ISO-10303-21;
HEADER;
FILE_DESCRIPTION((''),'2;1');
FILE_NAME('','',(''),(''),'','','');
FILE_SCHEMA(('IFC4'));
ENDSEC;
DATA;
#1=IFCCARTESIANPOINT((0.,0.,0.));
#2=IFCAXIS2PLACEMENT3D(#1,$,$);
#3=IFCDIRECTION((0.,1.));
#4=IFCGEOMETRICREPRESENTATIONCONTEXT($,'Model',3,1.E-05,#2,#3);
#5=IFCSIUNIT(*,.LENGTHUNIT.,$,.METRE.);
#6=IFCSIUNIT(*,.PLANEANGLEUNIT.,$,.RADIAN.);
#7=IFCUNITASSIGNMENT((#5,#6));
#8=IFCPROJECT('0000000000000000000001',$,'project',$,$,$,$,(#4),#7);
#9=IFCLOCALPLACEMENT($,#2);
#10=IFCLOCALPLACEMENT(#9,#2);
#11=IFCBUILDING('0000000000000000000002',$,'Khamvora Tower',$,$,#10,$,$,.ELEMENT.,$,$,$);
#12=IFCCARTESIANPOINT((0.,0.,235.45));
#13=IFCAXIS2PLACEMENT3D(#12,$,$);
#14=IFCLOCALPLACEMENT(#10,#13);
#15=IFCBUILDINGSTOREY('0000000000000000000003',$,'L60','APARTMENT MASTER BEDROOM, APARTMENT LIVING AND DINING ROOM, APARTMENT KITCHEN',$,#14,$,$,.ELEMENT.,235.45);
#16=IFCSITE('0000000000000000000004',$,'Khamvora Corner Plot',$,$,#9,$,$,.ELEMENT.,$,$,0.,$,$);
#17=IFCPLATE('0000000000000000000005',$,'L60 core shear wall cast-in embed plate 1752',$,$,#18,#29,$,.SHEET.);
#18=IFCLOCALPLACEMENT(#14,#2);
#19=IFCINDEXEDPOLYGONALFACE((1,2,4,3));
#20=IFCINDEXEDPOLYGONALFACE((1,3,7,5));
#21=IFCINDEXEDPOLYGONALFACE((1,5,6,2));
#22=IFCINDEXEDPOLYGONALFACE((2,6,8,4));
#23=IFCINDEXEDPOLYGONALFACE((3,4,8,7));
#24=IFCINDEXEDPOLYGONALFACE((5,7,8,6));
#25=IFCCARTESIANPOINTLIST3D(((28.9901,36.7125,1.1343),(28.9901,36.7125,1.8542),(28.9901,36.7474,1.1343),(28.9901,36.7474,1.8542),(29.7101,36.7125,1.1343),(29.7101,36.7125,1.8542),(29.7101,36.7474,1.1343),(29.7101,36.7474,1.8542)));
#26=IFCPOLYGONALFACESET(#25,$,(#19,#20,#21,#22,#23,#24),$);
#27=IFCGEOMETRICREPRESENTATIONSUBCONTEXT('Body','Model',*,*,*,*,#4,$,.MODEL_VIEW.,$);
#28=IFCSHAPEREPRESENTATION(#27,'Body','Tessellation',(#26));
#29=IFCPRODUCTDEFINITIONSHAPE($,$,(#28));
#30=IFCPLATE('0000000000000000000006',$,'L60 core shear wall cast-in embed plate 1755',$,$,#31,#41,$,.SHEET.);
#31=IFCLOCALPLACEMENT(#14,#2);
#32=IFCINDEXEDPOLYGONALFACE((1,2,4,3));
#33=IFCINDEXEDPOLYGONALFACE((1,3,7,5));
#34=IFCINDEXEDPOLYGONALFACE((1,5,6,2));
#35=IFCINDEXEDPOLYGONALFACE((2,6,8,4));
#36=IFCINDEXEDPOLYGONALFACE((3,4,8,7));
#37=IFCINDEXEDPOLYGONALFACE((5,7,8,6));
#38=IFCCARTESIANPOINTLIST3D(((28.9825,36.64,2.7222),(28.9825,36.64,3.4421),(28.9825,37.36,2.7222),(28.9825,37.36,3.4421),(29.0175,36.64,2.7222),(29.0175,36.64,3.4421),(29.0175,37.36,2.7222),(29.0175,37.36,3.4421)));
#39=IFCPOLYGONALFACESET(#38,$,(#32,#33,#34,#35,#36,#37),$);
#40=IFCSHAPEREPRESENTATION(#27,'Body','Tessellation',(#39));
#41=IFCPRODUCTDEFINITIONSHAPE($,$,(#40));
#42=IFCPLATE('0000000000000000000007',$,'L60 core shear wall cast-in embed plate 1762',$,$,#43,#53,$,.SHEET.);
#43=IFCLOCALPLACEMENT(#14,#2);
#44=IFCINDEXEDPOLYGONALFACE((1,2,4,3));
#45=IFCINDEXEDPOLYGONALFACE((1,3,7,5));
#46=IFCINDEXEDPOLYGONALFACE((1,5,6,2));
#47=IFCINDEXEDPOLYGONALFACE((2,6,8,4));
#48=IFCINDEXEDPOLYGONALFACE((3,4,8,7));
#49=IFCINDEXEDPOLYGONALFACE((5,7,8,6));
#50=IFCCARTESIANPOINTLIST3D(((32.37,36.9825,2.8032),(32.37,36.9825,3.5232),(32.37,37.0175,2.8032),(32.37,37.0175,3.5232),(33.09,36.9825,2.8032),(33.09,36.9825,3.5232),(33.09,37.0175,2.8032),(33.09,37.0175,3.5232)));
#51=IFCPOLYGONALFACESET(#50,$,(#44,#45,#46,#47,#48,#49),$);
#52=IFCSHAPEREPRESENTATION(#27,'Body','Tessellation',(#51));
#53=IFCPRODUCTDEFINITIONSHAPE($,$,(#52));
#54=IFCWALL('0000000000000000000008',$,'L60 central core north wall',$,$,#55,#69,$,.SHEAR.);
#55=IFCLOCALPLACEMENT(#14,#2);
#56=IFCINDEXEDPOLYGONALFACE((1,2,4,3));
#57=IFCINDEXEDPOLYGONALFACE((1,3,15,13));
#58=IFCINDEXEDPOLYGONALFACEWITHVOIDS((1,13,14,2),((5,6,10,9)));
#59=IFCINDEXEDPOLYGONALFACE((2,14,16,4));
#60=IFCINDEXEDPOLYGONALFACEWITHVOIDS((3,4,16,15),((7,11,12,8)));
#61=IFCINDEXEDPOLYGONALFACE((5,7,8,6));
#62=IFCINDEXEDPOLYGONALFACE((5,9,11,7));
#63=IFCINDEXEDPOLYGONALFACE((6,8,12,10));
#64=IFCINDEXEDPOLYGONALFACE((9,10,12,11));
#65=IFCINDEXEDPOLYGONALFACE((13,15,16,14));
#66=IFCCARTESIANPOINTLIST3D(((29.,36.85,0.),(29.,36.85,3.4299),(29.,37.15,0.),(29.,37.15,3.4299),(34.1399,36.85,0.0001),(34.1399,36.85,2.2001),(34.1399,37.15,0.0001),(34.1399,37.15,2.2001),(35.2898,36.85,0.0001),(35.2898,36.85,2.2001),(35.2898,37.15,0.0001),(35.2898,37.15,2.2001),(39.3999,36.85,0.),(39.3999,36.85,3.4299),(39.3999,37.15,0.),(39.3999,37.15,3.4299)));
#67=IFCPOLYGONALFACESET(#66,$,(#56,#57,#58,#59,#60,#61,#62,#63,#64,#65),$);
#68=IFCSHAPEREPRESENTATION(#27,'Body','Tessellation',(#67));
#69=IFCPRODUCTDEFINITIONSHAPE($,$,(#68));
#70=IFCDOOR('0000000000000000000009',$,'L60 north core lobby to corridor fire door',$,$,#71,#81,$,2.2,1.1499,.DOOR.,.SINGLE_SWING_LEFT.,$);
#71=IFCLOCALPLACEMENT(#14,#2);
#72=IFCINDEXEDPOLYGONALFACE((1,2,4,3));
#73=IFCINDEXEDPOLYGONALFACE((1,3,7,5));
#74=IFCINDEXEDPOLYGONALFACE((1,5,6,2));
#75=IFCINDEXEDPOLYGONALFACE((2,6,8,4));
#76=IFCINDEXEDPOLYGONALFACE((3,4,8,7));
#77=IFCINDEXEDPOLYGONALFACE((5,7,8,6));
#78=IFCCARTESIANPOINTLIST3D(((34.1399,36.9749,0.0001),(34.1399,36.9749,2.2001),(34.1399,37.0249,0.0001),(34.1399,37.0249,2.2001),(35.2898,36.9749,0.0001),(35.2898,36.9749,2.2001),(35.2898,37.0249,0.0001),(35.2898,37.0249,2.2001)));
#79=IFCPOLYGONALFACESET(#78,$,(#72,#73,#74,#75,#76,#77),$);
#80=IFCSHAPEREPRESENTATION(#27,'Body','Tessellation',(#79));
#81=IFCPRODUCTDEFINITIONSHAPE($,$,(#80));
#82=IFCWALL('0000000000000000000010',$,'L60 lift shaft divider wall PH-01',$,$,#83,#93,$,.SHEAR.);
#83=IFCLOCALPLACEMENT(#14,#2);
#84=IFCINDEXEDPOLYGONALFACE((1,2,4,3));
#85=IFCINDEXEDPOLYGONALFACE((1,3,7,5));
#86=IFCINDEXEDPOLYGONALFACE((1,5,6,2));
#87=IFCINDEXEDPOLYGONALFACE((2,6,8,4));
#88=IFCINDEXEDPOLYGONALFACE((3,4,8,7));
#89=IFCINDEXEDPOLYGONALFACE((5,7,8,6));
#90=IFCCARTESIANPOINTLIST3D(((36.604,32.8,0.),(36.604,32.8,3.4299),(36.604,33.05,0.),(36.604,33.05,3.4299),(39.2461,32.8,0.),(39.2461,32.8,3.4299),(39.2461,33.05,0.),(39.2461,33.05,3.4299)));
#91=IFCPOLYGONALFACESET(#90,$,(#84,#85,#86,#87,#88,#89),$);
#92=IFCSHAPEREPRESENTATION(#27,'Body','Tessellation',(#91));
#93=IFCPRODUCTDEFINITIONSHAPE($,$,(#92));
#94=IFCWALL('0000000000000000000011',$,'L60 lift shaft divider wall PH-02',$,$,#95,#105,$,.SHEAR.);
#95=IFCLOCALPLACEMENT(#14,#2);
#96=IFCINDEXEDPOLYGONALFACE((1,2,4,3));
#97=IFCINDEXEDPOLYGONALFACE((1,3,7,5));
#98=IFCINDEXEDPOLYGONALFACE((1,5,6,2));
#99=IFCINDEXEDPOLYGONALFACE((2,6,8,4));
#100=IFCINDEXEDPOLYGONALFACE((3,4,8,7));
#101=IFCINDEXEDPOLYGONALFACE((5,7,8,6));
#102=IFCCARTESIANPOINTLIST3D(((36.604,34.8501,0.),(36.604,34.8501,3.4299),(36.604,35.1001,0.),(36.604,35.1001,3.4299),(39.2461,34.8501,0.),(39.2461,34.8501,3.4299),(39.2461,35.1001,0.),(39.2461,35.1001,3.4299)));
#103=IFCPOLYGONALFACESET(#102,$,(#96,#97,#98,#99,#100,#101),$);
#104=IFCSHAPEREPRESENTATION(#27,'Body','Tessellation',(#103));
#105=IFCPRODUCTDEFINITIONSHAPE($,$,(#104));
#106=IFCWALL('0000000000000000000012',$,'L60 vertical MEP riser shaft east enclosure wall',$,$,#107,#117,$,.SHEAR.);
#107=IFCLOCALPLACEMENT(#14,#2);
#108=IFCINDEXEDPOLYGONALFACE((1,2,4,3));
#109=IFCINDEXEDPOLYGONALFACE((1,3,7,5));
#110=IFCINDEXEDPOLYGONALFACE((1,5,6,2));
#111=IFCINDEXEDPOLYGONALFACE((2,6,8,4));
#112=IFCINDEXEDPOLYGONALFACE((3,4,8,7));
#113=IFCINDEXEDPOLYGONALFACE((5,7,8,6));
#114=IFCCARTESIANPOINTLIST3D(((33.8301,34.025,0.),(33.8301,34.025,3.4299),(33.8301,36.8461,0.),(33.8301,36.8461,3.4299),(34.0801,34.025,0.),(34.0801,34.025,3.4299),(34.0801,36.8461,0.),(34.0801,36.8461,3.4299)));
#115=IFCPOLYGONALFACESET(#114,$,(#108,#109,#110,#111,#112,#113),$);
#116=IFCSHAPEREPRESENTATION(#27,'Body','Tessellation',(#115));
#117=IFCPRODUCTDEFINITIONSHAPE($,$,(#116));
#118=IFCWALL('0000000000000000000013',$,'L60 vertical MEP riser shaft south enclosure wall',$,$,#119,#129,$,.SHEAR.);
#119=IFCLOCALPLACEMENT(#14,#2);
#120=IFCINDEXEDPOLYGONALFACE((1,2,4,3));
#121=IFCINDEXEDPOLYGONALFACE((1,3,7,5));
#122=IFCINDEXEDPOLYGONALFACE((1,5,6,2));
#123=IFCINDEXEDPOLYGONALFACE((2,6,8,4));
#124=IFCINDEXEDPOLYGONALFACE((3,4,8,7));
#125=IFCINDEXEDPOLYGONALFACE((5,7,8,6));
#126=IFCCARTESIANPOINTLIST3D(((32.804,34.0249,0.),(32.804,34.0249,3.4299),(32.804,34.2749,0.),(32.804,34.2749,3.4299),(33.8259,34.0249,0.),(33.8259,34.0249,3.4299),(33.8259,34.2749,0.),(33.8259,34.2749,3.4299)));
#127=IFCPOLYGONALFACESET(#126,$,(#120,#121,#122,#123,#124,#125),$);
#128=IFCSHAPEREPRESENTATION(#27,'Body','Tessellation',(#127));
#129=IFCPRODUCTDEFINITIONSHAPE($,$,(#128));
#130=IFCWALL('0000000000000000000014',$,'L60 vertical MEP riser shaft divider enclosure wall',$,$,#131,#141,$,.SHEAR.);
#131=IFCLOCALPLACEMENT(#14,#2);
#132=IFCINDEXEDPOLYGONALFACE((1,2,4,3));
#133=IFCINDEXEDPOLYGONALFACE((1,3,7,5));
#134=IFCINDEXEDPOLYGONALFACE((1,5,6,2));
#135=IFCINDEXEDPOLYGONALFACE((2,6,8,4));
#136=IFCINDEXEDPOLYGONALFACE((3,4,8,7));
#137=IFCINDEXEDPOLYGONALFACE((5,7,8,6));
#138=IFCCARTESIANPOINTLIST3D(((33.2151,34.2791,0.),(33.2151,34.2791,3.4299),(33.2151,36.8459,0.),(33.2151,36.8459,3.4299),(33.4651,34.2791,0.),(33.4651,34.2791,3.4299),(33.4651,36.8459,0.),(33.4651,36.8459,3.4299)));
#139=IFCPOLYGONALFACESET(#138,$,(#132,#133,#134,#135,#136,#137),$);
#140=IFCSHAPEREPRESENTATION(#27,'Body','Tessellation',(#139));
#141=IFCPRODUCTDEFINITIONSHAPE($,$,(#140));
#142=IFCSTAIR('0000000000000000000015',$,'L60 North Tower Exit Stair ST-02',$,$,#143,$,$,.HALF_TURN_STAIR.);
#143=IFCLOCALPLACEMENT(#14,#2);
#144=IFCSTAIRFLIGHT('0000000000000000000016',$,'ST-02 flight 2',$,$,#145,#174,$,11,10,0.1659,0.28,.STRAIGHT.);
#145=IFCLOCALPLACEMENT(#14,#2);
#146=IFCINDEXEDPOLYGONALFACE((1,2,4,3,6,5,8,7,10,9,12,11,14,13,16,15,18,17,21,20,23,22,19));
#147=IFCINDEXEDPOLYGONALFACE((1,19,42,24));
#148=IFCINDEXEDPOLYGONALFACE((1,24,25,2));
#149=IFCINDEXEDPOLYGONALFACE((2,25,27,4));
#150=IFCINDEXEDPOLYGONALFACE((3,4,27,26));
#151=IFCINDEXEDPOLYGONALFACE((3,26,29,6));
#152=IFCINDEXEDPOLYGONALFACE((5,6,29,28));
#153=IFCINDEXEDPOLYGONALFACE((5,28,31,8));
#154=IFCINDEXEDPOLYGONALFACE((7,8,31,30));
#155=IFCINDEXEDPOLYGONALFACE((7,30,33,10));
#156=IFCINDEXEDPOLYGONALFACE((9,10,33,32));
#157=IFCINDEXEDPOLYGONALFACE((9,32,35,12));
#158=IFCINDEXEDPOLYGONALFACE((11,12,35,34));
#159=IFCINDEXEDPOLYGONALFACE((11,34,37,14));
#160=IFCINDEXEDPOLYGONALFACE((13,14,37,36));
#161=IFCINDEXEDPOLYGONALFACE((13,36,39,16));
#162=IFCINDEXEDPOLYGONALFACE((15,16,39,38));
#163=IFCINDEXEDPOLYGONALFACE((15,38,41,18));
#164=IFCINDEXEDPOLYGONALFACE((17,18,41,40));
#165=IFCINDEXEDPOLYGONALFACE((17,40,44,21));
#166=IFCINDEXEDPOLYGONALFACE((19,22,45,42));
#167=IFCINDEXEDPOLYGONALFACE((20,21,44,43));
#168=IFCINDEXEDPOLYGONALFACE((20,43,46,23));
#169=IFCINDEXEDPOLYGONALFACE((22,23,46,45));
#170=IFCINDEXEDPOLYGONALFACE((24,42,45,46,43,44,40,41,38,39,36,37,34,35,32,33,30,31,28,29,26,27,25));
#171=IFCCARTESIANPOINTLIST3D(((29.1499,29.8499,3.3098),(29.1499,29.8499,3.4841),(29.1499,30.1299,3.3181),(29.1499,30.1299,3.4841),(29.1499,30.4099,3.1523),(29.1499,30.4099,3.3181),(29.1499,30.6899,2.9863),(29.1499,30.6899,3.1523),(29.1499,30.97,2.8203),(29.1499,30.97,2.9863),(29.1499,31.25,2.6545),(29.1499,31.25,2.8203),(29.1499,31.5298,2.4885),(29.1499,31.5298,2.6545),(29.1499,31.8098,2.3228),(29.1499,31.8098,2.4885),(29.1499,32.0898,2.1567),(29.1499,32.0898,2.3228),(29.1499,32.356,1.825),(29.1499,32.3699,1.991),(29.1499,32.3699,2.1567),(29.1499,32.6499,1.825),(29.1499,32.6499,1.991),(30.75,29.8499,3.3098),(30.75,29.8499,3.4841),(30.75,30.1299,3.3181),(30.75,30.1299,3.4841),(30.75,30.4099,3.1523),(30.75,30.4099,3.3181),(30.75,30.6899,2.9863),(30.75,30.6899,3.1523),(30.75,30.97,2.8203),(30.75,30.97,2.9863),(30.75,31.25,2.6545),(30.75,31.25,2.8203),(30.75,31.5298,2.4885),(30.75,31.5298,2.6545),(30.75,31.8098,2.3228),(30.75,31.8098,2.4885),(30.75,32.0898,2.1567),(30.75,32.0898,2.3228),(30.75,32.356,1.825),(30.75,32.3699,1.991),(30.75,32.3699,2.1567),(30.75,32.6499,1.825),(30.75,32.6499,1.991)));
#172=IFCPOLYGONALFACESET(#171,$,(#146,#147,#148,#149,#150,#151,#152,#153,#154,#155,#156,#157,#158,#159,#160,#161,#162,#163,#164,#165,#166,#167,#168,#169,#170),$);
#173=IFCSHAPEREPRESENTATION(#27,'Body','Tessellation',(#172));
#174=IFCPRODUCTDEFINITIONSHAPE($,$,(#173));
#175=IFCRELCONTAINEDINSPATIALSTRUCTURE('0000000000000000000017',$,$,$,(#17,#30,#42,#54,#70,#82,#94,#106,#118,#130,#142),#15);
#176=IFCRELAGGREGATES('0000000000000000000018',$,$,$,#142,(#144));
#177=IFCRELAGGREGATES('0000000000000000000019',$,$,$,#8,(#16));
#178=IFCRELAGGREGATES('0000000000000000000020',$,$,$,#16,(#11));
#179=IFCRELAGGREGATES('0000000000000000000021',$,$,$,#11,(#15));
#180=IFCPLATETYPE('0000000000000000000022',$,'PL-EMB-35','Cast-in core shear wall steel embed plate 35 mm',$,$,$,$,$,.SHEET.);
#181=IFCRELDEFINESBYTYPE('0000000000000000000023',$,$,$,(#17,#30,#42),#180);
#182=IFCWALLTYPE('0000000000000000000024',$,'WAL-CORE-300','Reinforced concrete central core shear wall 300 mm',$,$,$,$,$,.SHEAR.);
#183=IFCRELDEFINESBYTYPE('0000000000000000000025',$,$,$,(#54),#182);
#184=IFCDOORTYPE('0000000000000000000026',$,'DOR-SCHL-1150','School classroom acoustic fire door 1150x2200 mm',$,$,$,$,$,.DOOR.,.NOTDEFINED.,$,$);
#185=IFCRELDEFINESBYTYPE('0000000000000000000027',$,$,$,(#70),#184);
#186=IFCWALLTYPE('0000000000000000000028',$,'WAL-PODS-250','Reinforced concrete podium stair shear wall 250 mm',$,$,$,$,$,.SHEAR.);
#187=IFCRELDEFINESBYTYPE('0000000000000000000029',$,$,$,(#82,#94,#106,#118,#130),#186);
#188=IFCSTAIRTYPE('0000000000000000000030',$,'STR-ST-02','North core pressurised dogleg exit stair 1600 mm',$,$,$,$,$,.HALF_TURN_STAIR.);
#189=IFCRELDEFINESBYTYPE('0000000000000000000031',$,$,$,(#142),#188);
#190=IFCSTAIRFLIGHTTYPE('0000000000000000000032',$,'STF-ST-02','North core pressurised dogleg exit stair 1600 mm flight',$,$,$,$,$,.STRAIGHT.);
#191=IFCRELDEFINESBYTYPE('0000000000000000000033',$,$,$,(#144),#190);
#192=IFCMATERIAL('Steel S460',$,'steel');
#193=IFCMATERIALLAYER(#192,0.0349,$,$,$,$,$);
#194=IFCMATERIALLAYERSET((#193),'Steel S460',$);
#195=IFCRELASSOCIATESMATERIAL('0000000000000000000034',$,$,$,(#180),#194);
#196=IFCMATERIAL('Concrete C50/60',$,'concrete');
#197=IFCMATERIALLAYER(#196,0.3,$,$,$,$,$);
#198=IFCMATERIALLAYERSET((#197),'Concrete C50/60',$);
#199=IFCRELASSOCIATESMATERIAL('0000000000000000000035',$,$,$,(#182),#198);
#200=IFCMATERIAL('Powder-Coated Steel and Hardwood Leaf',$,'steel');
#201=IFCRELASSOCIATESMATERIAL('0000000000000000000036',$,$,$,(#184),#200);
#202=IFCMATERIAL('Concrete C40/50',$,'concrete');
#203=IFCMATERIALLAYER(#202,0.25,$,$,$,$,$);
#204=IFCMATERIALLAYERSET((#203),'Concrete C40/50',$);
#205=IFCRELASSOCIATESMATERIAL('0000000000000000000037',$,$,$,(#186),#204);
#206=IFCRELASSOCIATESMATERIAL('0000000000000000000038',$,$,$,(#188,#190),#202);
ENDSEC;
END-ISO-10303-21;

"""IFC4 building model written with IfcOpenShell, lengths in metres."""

from ifc_helpers import new_model, si_unit, direction, frame, frame_2d, origin, origin_2d, place, context, subcontext, project, spatial, polyline, rectangle, outline, extrude, material, layer, layer_set, type_object, element, fill, aggregate, save


model = new_model("IFC4")

# Units and contexts
model_context = context("Model", 3, precision=1e-05, world=origin(), true_north=direction((0.0, 1.0)))
body_context = subcontext(model_context, "Body", "Model", "MODEL_VIEW")
ifc_project = project(units=[si_unit("LENGTHUNIT", "METRE"), si_unit("PLANEANGLEUNIT", "RADIAN")], contexts=[model_context])

# Site, building, storey
site_placement = place(None, origin())
site = spatial("IfcSite", under=ifc_project, at=site_placement, Name="Khamvora Corner Plot", CompositionType="ELEMENT", RefElevation=0.0)
building_placement = place(site_placement, origin())
building = spatial("IfcBuilding", under=site, at=building_placement, Name="Khamvora Tower", CompositionType="ELEMENT")
storey_placement = place(building_placement, frame((0.0, 0.0, 235.45)))
storey = spatial("IfcBuildingStorey", under=building, at=storey_placement, Name="L60", Description="APARTMENT MASTER BEDROOM, APARTMENT LIVING AND DINING ROOM, APARTMENT KITCHEN", CompositionType="ELEMENT", Elevation=235.45)

# Plates
ifc_material_1 = material(Name="Steel S460", Category="steel")
ifc_layer_1 = layer(ifc_material_1, 0.0349)
ifc_layer_set_1 = layer_set([ifc_layer_1], Name="Steel S460")
plate_type = type_object("IfcPlateType", Name="PL-EMB-35", Description="Cast-in core shear wall steel embed plate 35 mm", PredefinedType="SHEET", material=ifc_layer_set_1)
plate_1_placement = place(storey_placement, frame((29.3501, 36.73, 1.1343), z_axis=(0.0, 0.0, 1.0), x_axis=(1.0, 0.0, 0.0)))
element("IfcPlate", 1, at=plate_1_placement, inside=storey, type_object=plate_type, Name="L60 core shear wall cast-in embed plate 1752", PredefinedType="SHEET", context=body_context, shape_type="SweptSolid", body=[
    extrude(rectangle(XDim=0.72, YDim=0.0349, at=origin_2d()), origin(), (0.0, 0.0, 1.0), 0.72),
])
plate_2_placement = place(storey_placement, frame((29.0, 37.0, 2.7222), z_axis=(0.0, 0.0, 1.0), x_axis=(1.0, 0.0, 0.0)))
element("IfcPlate", 2, at=plate_2_placement, inside=storey, type_object=plate_type, Name="L60 core shear wall cast-in embed plate 1755", PredefinedType="SHEET", context=body_context, shape_type="SweptSolid", body=[
    extrude(rectangle(XDim=0.0349, YDim=0.72, at=origin_2d()), origin(), (0.0, 0.0, 1.0), 0.72),
])
plate_3_placement = place(storey_placement, frame((32.73, 37.0, 2.8032), z_axis=(0.0, 0.0, 1.0), x_axis=(1.0, 0.0, 0.0)))
element("IfcPlate", 3, at=plate_3_placement, inside=storey, type_object=plate_type, Name="L60 core shear wall cast-in embed plate 1762", PredefinedType="SHEET", context=body_context, shape_type="SweptSolid", body=[
    extrude(rectangle(XDim=0.72, YDim=0.0349, at=origin_2d()), origin(), (0.0, 0.0, 1.0), 0.72),
])

# Wall, opening, door
ifc_material_2 = material(Name="Concrete C50/60", Category="concrete")
ifc_layer_2 = layer(ifc_material_2, 0.3)
ifc_layer_set_2 = layer_set([ifc_layer_2], Name="Concrete C50/60")
wall_type_1 = type_object("IfcWallType", Name="WAL-CORE-300", Description="Reinforced concrete central core shear wall 300 mm", PredefinedType="SHEAR", material=ifc_layer_set_2)
wall_1_placement = place(storey_placement, frame((29.0, 37.0, 0.0), z_axis=(0.0, 0.0, 1.0), x_axis=(1.0, 0.0, 0.0)))
wall_1 = element("IfcWall", 4, at=wall_1_placement, inside=storey, type_object=wall_type_1, Name="L60 central core north wall", PredefinedType="SHEAR", context=body_context, shape_type="SweptSolid", body=[
    extrude(rectangle(XDim=10.3999, YDim=0.3, at=frame_2d((5.2, 0.0))), origin(), (0.0, 0.0, 1.0), 3.4299),
])
opening_placement = place(wall_1_placement, frame((5.1399, 0.0, 0.0)))
opening = element("IfcOpeningElement", 5, at=opening_placement, cuts=wall_1, PredefinedType="OPENING", context=body_context, shape_type="SweptSolid", body=[
    extrude(rectangle(XDim=1.1499, YDim=2.2, at=frame_2d((0.575, 1.1001))), frame((0.0, 0.1599, 0.0), z_axis=(0.0, -1.0, 0.0), x_axis=(1.0, 0.0, 0.0)), (0.0, 0.0, 1.0), 0.3201),
])
ifc_material_3 = material(Name="Powder-Coated Steel and Hardwood Leaf", Category="steel")
door_type = type_object("IfcDoorType", Name="DOR-SCHL-1150", Description="School classroom acoustic fire door 1150x2200 mm", OperationType="NOTDEFINED", PredefinedType="DOOR", material=ifc_material_3)
door_placement = place(opening_placement, origin())
door = element("IfcDoor", 6, at=door_placement, inside=storey, type_object=door_type, Name="L60 north core lobby to corridor fire door", OperationType="SINGLE_SWING_LEFT", OverallHeight=2.2, OverallWidth=1.1499, PredefinedType="DOOR", context=body_context, shape_type="SweptSolid", body=[
    extrude(rectangle(XDim=1.1499, YDim=2.2, at=frame_2d((0.575, 1.1001))), frame((0.0, 0.0249, 0.0), z_axis=(0.0, -1.0, 0.0), x_axis=(1.0, 0.0, 0.0)), (0.0, 0.0, 1.0), 0.05),
])
fill(opening, door)

# Walls
ifc_material_4 = material(Name="Concrete C40/50", Category="concrete")
ifc_layer_3 = layer(ifc_material_4, 0.25)
ifc_layer_set_3 = layer_set([ifc_layer_3], Name="Concrete C40/50")
wall_type_2 = type_object("IfcWallType", Name="WAL-PODS-250", Description="Reinforced concrete podium stair shear wall 250 mm", PredefinedType="SHEAR", material=ifc_layer_set_3)
for number, where, z_axis, x_axis, name in (
    (7, (36.604, 32.925, 0.0), (0.0, 0.0, 1.0), (1.0, 0.0, 0.0), "L60 lift shaft divider wall PH-01"),
    (8, (36.604, 34.9751, 0.0), (0.0, 0.0, 1.0), (1.0, 0.0, 0.0), "L60 lift shaft divider wall PH-02"),
):
    element("IfcWall", number, at=place(storey_placement, frame(where, z_axis=z_axis, x_axis=x_axis)), inside=storey, type_object=wall_type_2, Name=name, PredefinedType="SHEAR", context=body_context, shape_type="SweptSolid", body=[
        extrude(rectangle(XDim=2.6421, YDim=0.25, at=frame_2d((1.321, 0.0))), origin(), (0.0, 0.0, 1.0), 3.4299),
    ])
wall_2_placement = place(storey_placement, frame((33.9551, 34.0249, 0.0), z_axis=(0.0, 0.0, 1.0), x_axis=(0.0, 1.0, 0.0)))
element("IfcWall", 9, at=wall_2_placement, inside=storey, type_object=wall_type_2, Name="L60 vertical MEP riser shaft east enclosure wall", PredefinedType="SHEAR", context=body_context, shape_type="SweptSolid", body=[
    extrude(rectangle(XDim=2.821, YDim=0.25, at=frame_2d((1.4106, 0.0))), origin(), (0.0, 0.0, 1.0), 3.4299),
])
wall_3_placement = place(storey_placement, frame((32.804, 34.1499, 0.0), z_axis=(0.0, 0.0, 1.0), x_axis=(1.0, 0.0, 0.0)))
element("IfcWall", 10, at=wall_3_placement, inside=storey, type_object=wall_type_2, Name="L60 vertical MEP riser shaft south enclosure wall", PredefinedType="SHEAR", context=body_context, shape_type="SweptSolid", body=[
    extrude(rectangle(XDim=1.022, YDim=0.25, at=frame_2d((0.511, 0.0))), origin(), (0.0, 0.0, 1.0), 3.4299),
])
wall_4_placement = place(storey_placement, frame((33.3401, 34.2791, 0.0), z_axis=(0.0, 0.0, 1.0), x_axis=(0.0, 1.0, 0.0)))
element("IfcWall", 11, at=wall_4_placement, inside=storey, type_object=wall_type_2, Name="L60 vertical MEP riser shaft divider enclosure wall", PredefinedType="SHEAR", context=body_context, shape_type="SweptSolid", body=[
    extrude(rectangle(XDim=2.5669, YDim=0.25, at=frame_2d((1.2834, 0.0))), origin(), (0.0, 0.0, 1.0), 3.4299),
])

# Stair, stair flight
stair_type = type_object("IfcStairType", Name="STR-ST-02", Description="North core pressurised dogleg exit stair 1600 mm", PredefinedType="HALF_TURN_STAIR", material=ifc_material_4)
stair_placement = place(storey_placement, origin())
stair = element("IfcStair", 12, at=stair_placement, inside=storey, type_object=stair_type, Name="L60 North Tower Exit Stair ST-02", PredefinedType="HALF_TURN_STAIR")
stair_flight_type = type_object("IfcStairFlightType", Name="STF-ST-02", Description="North core pressurised dogleg exit stair 1600 mm flight", PredefinedType="STRAIGHT", material=ifc_material_4)
stair_flight_placement = place(storey_placement, frame((29.95, 32.6499, 1.825), z_axis=(0.0, 0.0, 1.0), x_axis=(0.0, -1.0, 0.0)))
stair_flight = element("IfcStairFlight", 13, at=stair_flight_placement, type_object=stair_flight_type, Name="ST-02 flight 2", NumberOfRisers=11, NumberOfTreads=10, PredefinedType="STRAIGHT", RiserHeight=0.1659, TreadLength=0.28, context=body_context, shape_type="SweptSolid", body=[
    extrude(outline(polyline([(0.0, 0.0), (0.0, 0.166), (0.28, 0.166), (0.28, 0.3318), (0.5601, 0.3318), (0.5601, 0.4978), (0.8401, 0.4978), (0.8401, 0.6636), (1.1201, 0.6636), (1.1201, 0.8296), (1.3999, 0.8296), (1.3999, 0.9954), (1.6799, 0.9954), (1.6799, 1.1614), (1.96, 1.1614), (1.96, 1.3274), (2.24, 1.3274), (2.24, 1.4932), (2.52, 1.4932), (2.52, 1.6592), (2.8, 1.6592), (2.8, 1.825), (2.8, 1.4849), (0.2939, 0.0), (0.0, 0.0)])), frame((0.0, 0.8, 0.0), z_axis=(0.0, -1.0, 0.0), x_axis=(1.0, 0.0, 0.0)), (0.0, 0.0, 1.0), 1.6001),
])
aggregate(stair, [stair_flight])

save(model, "model.ifc")
